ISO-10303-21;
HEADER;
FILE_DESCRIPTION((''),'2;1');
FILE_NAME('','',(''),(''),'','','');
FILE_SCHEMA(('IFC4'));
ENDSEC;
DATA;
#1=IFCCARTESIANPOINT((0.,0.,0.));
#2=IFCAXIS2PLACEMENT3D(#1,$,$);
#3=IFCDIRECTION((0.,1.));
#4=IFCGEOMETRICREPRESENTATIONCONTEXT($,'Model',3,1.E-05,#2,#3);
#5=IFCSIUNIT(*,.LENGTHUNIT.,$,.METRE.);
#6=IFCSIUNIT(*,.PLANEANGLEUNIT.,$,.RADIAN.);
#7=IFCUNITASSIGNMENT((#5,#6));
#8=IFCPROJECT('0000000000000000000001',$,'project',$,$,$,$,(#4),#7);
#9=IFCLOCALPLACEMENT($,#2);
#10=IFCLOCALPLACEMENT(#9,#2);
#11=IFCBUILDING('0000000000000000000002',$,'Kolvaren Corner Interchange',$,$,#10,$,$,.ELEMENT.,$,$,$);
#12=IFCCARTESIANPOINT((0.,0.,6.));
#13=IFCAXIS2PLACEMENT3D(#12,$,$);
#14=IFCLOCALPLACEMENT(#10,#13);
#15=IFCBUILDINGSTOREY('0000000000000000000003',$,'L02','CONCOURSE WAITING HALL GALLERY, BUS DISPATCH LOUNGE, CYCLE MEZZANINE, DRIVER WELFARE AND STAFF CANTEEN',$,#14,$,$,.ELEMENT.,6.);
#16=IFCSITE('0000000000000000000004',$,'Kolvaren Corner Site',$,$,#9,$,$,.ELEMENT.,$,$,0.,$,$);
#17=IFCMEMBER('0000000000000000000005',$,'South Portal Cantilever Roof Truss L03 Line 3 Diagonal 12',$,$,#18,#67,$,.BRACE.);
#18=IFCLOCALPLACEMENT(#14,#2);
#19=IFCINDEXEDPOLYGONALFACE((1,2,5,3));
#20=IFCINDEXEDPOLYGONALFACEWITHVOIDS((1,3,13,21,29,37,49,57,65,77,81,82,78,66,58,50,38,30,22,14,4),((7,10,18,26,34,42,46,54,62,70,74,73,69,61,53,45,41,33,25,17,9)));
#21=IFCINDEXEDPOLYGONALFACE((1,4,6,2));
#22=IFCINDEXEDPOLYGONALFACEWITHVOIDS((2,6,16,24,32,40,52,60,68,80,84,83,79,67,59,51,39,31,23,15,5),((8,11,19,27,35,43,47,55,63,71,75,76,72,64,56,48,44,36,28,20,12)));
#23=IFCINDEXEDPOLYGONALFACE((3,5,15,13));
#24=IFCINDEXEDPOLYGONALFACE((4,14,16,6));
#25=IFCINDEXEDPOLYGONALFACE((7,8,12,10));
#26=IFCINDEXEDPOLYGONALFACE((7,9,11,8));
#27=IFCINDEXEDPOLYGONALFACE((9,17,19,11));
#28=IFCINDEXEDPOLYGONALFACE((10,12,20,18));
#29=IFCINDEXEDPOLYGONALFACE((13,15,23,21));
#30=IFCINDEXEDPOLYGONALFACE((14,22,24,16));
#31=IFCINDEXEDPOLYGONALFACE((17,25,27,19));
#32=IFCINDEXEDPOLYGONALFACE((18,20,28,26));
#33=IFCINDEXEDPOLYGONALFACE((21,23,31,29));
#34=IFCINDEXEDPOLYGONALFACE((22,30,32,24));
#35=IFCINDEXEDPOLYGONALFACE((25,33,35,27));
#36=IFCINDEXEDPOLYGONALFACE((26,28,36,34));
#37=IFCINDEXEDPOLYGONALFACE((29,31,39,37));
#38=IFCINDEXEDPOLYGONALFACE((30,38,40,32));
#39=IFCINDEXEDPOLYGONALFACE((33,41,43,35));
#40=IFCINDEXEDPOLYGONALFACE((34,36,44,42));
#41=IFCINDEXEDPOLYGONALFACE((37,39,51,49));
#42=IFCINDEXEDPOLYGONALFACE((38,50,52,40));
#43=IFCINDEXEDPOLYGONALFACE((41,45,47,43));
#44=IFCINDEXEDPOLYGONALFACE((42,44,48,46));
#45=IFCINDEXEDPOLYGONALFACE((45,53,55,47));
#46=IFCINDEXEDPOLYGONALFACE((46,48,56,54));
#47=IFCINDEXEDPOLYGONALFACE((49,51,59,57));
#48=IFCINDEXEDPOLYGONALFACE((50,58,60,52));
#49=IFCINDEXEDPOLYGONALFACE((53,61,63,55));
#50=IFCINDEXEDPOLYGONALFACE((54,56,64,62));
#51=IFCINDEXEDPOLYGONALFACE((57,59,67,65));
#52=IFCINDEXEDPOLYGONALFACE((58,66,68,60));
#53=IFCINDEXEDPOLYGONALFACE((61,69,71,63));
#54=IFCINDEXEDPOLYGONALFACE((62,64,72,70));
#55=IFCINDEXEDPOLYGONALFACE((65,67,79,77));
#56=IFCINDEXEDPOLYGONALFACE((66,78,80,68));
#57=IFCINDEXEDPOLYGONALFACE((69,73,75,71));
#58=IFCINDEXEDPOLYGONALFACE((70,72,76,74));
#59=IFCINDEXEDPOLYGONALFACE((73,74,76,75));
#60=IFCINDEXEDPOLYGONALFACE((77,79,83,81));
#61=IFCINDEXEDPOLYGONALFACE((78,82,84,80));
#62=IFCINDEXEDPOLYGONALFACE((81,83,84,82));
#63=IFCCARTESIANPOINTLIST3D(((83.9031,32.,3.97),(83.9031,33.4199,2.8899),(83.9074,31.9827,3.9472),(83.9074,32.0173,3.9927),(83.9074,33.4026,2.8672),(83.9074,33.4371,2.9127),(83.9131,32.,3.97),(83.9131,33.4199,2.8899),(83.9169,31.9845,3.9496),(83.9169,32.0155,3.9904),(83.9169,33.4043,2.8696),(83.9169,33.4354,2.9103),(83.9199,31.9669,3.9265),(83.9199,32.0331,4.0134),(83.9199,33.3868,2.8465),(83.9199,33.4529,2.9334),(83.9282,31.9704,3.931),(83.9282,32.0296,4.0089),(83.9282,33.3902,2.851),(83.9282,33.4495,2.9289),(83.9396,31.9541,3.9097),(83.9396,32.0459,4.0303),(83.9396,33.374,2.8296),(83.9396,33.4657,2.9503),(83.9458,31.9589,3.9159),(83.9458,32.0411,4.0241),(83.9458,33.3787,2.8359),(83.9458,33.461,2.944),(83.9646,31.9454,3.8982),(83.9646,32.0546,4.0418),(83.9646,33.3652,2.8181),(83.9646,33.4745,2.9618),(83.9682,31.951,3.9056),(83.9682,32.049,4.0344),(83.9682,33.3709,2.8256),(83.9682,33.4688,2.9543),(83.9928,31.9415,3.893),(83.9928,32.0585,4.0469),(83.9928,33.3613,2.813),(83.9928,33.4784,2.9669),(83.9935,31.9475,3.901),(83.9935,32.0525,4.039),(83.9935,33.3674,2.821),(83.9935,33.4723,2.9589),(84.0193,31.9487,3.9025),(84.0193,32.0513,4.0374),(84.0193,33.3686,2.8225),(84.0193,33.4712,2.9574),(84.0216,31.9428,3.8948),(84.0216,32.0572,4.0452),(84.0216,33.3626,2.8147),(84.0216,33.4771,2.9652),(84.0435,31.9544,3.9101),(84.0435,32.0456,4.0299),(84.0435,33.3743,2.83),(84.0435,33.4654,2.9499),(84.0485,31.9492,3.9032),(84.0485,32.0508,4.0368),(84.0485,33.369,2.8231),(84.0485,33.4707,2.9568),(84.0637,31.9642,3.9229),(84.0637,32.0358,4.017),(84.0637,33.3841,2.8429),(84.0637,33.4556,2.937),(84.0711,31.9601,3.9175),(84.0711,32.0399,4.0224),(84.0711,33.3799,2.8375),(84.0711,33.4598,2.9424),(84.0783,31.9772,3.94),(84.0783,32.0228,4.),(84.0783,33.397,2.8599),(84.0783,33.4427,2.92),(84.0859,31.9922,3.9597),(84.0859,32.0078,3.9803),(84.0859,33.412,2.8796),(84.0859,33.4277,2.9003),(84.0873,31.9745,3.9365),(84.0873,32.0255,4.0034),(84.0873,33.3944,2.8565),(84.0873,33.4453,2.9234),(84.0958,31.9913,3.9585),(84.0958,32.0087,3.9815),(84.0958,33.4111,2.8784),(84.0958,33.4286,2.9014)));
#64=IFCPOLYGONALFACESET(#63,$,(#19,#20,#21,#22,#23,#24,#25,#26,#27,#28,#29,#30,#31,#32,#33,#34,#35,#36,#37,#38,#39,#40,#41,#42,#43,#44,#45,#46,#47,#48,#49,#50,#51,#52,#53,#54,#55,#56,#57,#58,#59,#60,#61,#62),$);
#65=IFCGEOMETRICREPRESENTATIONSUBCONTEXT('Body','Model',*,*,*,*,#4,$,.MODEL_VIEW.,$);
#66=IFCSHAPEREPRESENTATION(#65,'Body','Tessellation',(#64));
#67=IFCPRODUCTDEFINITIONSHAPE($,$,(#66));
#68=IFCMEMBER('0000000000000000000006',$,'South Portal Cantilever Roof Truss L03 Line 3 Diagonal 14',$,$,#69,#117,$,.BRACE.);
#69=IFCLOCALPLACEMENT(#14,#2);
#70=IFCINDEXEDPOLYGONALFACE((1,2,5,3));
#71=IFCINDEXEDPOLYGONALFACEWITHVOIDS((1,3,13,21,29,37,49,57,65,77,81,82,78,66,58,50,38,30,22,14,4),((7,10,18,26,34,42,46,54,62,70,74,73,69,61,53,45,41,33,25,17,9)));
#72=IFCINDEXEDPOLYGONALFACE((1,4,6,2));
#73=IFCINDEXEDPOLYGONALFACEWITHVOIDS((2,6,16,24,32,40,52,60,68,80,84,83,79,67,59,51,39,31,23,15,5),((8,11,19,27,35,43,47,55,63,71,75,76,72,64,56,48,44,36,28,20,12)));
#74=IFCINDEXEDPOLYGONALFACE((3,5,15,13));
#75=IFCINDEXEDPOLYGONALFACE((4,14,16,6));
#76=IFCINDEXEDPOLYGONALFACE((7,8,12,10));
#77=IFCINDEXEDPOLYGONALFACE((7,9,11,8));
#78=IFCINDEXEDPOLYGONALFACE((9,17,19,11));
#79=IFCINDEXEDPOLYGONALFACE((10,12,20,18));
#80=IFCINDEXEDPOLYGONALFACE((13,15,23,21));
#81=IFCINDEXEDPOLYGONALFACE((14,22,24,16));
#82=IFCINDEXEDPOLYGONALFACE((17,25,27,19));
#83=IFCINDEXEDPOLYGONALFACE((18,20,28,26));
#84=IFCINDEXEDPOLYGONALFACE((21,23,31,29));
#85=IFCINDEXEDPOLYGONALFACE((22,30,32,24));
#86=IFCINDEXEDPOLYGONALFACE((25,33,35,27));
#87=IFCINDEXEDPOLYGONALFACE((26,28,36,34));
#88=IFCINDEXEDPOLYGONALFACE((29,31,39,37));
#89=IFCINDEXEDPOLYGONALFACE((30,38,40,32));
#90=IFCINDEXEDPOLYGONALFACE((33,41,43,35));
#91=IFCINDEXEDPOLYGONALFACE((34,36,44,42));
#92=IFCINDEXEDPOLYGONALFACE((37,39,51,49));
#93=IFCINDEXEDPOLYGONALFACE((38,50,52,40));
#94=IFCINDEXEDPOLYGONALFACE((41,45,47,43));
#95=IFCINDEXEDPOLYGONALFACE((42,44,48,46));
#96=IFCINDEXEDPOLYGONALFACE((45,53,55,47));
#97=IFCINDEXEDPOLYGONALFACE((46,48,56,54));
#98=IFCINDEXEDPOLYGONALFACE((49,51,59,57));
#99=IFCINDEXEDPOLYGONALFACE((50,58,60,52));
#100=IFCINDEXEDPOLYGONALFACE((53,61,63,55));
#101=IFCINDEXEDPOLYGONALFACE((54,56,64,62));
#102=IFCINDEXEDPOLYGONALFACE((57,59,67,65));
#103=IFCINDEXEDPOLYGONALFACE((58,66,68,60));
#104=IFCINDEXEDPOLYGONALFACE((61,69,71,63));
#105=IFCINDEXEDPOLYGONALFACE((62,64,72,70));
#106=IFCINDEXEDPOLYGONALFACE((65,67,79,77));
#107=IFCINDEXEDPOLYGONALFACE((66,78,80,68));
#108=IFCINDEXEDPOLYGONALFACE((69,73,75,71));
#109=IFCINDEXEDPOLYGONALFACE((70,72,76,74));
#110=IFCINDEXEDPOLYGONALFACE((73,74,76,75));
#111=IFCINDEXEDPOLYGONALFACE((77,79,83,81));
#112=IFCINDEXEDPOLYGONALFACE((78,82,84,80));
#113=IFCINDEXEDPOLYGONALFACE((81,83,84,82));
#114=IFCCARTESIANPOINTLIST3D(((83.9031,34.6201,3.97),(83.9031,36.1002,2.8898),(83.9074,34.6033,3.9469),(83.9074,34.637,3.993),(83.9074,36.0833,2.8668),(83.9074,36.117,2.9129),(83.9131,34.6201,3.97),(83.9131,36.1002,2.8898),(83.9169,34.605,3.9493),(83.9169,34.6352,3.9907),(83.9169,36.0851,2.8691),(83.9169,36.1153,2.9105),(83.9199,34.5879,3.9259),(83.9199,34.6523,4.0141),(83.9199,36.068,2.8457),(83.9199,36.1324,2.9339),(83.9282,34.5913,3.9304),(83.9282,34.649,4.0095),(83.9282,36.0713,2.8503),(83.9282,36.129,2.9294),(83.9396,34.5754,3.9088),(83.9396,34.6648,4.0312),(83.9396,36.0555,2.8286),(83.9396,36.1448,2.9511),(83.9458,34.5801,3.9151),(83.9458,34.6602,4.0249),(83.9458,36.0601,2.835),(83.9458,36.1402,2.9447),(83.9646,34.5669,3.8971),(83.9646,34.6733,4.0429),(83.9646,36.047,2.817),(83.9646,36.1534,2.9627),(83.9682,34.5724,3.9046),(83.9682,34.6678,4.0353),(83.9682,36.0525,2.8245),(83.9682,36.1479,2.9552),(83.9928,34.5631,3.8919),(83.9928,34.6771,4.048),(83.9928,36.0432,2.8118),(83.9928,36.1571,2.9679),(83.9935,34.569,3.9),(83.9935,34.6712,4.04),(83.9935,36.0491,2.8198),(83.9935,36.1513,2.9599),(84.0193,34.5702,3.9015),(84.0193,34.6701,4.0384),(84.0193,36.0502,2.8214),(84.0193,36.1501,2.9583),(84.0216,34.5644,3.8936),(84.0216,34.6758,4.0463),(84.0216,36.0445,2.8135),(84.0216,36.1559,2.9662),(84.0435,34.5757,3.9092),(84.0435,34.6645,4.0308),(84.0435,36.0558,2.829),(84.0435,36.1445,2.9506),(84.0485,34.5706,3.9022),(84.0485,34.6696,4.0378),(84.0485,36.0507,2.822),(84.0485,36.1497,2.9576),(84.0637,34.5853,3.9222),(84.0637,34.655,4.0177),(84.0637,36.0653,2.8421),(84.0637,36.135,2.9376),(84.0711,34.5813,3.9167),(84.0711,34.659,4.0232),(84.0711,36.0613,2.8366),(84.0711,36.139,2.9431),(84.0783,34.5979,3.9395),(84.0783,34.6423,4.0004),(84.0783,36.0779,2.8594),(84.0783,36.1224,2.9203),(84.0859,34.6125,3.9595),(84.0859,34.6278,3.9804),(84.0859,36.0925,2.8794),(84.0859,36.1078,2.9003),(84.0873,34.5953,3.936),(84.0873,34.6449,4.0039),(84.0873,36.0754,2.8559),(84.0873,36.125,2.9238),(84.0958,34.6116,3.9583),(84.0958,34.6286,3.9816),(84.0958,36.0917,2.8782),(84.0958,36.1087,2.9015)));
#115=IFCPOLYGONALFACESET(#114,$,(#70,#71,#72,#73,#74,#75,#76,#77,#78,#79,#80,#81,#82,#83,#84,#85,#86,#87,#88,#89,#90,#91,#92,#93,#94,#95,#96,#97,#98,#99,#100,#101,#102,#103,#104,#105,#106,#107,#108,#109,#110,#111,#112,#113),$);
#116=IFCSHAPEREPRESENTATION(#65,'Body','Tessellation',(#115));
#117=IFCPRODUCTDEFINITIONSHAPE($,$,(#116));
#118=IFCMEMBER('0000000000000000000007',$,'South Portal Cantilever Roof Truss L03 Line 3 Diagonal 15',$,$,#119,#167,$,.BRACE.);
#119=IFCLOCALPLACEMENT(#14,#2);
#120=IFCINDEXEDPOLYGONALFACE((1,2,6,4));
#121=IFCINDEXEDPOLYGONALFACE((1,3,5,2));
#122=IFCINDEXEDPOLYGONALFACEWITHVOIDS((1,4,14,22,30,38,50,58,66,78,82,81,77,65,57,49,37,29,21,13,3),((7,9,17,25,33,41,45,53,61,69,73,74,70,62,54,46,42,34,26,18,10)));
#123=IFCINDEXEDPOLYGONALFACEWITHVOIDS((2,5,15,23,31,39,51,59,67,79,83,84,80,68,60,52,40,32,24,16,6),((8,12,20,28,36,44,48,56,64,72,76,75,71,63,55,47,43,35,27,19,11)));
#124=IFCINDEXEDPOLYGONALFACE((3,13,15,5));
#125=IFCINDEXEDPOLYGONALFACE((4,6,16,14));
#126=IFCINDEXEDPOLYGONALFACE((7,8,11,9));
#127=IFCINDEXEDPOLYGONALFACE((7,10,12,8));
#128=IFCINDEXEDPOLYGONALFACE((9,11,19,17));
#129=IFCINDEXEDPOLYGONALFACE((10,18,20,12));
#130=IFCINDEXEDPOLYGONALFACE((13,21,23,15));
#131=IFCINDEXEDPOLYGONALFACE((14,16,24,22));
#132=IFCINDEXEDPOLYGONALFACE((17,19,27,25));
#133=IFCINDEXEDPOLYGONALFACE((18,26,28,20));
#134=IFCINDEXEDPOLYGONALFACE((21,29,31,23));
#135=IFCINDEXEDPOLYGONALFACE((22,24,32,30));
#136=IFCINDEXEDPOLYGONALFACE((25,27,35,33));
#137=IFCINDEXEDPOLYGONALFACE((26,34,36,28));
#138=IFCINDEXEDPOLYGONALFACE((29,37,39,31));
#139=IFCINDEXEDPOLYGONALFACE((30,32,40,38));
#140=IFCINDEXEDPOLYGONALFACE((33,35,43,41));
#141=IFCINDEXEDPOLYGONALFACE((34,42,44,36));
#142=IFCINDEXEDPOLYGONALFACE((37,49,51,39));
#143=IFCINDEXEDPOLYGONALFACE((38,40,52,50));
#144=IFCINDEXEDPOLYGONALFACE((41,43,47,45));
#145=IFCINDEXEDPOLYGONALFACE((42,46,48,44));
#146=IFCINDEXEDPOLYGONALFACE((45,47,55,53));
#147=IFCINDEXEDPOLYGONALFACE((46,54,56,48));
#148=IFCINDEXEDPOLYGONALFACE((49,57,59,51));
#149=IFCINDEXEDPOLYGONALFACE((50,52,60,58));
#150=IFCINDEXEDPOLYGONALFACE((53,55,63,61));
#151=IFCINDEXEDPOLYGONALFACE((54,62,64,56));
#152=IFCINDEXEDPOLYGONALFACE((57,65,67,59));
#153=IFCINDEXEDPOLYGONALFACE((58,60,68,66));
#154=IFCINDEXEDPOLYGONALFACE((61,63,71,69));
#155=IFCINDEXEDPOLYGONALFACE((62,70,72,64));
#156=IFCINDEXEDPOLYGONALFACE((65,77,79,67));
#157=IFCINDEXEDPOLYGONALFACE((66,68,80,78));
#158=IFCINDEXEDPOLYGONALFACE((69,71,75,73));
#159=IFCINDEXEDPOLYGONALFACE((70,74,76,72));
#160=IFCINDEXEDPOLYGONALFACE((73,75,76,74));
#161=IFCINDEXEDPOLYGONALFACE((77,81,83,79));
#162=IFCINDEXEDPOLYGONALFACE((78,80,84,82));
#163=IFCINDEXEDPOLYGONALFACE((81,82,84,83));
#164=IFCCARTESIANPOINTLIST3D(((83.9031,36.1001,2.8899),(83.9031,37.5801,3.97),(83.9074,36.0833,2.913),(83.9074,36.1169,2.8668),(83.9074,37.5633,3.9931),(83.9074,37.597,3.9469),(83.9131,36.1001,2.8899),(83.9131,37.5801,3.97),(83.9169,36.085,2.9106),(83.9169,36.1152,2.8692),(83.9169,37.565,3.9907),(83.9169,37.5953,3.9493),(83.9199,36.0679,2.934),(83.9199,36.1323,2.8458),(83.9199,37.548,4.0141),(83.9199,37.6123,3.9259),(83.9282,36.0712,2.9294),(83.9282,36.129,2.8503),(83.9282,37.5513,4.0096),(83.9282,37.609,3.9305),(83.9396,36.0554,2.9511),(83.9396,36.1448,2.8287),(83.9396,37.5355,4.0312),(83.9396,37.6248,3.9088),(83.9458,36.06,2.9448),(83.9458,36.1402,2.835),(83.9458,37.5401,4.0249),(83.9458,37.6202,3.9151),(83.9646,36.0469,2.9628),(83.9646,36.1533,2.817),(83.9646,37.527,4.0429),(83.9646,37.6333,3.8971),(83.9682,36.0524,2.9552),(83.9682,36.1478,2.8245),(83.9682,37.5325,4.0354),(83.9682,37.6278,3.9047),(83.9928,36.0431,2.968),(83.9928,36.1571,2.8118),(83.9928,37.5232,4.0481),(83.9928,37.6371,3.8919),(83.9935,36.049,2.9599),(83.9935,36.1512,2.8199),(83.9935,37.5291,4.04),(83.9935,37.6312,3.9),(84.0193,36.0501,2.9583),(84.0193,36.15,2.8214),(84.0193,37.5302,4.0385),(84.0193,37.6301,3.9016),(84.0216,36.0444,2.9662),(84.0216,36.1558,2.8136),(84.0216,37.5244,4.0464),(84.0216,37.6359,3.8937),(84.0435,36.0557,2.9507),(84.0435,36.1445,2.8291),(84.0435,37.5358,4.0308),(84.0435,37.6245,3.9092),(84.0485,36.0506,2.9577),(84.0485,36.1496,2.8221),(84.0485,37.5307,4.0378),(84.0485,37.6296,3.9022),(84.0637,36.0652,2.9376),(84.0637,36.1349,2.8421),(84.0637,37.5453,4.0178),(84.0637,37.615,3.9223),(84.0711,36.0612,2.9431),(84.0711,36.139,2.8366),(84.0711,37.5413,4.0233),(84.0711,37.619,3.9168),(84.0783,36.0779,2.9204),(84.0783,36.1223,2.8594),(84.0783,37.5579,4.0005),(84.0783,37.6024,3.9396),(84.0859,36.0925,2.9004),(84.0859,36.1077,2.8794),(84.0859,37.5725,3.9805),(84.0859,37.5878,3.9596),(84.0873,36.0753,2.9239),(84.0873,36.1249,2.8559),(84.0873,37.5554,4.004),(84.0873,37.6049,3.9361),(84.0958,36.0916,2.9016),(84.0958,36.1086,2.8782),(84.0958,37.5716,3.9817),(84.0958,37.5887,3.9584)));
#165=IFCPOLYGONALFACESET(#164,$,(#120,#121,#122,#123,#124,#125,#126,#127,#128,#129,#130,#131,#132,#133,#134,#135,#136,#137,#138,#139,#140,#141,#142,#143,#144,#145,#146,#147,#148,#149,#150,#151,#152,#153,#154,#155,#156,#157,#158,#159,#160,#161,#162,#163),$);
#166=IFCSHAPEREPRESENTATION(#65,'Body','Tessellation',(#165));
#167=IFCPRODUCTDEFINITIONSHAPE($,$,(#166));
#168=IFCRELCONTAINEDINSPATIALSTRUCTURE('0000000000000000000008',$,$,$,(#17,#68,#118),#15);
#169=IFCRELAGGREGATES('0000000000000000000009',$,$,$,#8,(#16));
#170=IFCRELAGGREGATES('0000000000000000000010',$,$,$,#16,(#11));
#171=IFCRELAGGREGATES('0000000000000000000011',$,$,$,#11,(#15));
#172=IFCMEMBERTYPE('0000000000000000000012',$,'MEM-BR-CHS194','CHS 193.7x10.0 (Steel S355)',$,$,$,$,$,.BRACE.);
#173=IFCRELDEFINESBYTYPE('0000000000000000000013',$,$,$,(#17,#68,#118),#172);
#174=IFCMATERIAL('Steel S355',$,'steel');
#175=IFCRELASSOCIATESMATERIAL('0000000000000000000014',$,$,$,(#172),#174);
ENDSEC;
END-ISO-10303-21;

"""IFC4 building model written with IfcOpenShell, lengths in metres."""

from ifc_helpers import new_model, si_unit, direction, frame, origin, origin_2d, place, context, subcontext, project, spatial, hollow_circle, extrude, material, material_profile, profile_set, type_object, element, save


model = new_model("IFC4")

# Units and contexts
model_context = context("Model", 3, precision=1e-05, world=origin(), true_north=direction((0.0, 1.0)))
body_context = subcontext(model_context, "Body", "Model", "MODEL_VIEW")
ifc_project = project(units=[si_unit("LENGTHUNIT", "METRE"), si_unit("PLANEANGLEUNIT", "RADIAN")], contexts=[model_context])

# Site, building, storey
site_placement = place(None, origin())
site = spatial("IfcSite", under=ifc_project, at=site_placement, Name="Kolvaren Corner Site", CompositionType="ELEMENT", RefElevation=0.0)
building_placement = place(site_placement, origin())
building = spatial("IfcBuilding", under=site, at=building_placement, Name="Kolvaren Corner Interchange", CompositionType="ELEMENT")
storey_placement = place(building_placement, frame((0.0, 0.0, 6.0)))
storey = spatial("IfcBuildingStorey", under=building, at=storey_placement, Name="L02", Description="CONCOURSE WAITING HALL GALLERY, BUS DISPATCH LOUNGE, CYCLE MEZZANINE, DRIVER WELFARE AND STAFF CANTEEN", CompositionType="ELEMENT", Elevation=6.0)

# Members
ifc_material_1 = material(Name="Steel S355", Category="steel")
ifc_material_profile_1 = material_profile(ifc_material_1, hollow_circle(Radius=0.0969, WallThickness=0.01, at=origin_2d()), Name="CHS 193.7x10.0")
ifc_profile_set_1 = profile_set([ifc_material_profile_1], Name="Steel S355")
member_type_1 = type_object("IfcMemberType", Name="MEM-BR-CHS194", Description="CHS 193.7x10.0 (Steel S355)", PredefinedType="BRACE", material=ifc_profile_set_1)
for number, where, z_axis, x_axis, name in (
    (1, (84.0, 32.0, 3.97), (0.0, 0.795909, -0.605416), (-1.0, 0.0, 0.0), "South Portal Cantilever Roof Truss L03 Line 3 Diagonal 12"),
):
    element("IfcMember", number, at=place(storey_placement, frame(where, z_axis=z_axis, x_axis=x_axis)), inside=storey, type_object=member_type_1, Name=name, PredefinedType="BRACE", context=body_context, shape_type="SweptSolid", body=[
        extrude(hollow_circle(Radius=0.0969, WallThickness=0.01, at=origin_2d()), origin(), (0.0, 0.0, 1.0), 1.7839),
    ])
for number, where, z_axis, x_axis, name in (
    (2, (84.0, 34.6201, 3.97), (0.0, 0.807767, -0.589502), (-1.0, 0.0, 0.0), "South Portal Cantilever Roof Truss L03 Line 3 Diagonal 14"),
    (3, (84.0, 36.1001, 2.8899), (0.0, 0.807767, 0.589502), (-1.0, 0.0, 0.0), "South Portal Cantilever Roof Truss L03 Line 3 Diagonal 15"),
):
    element("IfcMember", number, at=place(storey_placement, frame(where, z_axis=z_axis, x_axis=x_axis)), inside=storey, type_object=member_type_1, Name=name, PredefinedType="BRACE", context=body_context, shape_type="SweptSolid", body=[
        extrude(hollow_circle(Radius=0.0969, WallThickness=0.01, at=origin_2d()), origin(), (0.0, 0.0, 1.0), 1.8323),
    ])

save(model, "model.ifc")
